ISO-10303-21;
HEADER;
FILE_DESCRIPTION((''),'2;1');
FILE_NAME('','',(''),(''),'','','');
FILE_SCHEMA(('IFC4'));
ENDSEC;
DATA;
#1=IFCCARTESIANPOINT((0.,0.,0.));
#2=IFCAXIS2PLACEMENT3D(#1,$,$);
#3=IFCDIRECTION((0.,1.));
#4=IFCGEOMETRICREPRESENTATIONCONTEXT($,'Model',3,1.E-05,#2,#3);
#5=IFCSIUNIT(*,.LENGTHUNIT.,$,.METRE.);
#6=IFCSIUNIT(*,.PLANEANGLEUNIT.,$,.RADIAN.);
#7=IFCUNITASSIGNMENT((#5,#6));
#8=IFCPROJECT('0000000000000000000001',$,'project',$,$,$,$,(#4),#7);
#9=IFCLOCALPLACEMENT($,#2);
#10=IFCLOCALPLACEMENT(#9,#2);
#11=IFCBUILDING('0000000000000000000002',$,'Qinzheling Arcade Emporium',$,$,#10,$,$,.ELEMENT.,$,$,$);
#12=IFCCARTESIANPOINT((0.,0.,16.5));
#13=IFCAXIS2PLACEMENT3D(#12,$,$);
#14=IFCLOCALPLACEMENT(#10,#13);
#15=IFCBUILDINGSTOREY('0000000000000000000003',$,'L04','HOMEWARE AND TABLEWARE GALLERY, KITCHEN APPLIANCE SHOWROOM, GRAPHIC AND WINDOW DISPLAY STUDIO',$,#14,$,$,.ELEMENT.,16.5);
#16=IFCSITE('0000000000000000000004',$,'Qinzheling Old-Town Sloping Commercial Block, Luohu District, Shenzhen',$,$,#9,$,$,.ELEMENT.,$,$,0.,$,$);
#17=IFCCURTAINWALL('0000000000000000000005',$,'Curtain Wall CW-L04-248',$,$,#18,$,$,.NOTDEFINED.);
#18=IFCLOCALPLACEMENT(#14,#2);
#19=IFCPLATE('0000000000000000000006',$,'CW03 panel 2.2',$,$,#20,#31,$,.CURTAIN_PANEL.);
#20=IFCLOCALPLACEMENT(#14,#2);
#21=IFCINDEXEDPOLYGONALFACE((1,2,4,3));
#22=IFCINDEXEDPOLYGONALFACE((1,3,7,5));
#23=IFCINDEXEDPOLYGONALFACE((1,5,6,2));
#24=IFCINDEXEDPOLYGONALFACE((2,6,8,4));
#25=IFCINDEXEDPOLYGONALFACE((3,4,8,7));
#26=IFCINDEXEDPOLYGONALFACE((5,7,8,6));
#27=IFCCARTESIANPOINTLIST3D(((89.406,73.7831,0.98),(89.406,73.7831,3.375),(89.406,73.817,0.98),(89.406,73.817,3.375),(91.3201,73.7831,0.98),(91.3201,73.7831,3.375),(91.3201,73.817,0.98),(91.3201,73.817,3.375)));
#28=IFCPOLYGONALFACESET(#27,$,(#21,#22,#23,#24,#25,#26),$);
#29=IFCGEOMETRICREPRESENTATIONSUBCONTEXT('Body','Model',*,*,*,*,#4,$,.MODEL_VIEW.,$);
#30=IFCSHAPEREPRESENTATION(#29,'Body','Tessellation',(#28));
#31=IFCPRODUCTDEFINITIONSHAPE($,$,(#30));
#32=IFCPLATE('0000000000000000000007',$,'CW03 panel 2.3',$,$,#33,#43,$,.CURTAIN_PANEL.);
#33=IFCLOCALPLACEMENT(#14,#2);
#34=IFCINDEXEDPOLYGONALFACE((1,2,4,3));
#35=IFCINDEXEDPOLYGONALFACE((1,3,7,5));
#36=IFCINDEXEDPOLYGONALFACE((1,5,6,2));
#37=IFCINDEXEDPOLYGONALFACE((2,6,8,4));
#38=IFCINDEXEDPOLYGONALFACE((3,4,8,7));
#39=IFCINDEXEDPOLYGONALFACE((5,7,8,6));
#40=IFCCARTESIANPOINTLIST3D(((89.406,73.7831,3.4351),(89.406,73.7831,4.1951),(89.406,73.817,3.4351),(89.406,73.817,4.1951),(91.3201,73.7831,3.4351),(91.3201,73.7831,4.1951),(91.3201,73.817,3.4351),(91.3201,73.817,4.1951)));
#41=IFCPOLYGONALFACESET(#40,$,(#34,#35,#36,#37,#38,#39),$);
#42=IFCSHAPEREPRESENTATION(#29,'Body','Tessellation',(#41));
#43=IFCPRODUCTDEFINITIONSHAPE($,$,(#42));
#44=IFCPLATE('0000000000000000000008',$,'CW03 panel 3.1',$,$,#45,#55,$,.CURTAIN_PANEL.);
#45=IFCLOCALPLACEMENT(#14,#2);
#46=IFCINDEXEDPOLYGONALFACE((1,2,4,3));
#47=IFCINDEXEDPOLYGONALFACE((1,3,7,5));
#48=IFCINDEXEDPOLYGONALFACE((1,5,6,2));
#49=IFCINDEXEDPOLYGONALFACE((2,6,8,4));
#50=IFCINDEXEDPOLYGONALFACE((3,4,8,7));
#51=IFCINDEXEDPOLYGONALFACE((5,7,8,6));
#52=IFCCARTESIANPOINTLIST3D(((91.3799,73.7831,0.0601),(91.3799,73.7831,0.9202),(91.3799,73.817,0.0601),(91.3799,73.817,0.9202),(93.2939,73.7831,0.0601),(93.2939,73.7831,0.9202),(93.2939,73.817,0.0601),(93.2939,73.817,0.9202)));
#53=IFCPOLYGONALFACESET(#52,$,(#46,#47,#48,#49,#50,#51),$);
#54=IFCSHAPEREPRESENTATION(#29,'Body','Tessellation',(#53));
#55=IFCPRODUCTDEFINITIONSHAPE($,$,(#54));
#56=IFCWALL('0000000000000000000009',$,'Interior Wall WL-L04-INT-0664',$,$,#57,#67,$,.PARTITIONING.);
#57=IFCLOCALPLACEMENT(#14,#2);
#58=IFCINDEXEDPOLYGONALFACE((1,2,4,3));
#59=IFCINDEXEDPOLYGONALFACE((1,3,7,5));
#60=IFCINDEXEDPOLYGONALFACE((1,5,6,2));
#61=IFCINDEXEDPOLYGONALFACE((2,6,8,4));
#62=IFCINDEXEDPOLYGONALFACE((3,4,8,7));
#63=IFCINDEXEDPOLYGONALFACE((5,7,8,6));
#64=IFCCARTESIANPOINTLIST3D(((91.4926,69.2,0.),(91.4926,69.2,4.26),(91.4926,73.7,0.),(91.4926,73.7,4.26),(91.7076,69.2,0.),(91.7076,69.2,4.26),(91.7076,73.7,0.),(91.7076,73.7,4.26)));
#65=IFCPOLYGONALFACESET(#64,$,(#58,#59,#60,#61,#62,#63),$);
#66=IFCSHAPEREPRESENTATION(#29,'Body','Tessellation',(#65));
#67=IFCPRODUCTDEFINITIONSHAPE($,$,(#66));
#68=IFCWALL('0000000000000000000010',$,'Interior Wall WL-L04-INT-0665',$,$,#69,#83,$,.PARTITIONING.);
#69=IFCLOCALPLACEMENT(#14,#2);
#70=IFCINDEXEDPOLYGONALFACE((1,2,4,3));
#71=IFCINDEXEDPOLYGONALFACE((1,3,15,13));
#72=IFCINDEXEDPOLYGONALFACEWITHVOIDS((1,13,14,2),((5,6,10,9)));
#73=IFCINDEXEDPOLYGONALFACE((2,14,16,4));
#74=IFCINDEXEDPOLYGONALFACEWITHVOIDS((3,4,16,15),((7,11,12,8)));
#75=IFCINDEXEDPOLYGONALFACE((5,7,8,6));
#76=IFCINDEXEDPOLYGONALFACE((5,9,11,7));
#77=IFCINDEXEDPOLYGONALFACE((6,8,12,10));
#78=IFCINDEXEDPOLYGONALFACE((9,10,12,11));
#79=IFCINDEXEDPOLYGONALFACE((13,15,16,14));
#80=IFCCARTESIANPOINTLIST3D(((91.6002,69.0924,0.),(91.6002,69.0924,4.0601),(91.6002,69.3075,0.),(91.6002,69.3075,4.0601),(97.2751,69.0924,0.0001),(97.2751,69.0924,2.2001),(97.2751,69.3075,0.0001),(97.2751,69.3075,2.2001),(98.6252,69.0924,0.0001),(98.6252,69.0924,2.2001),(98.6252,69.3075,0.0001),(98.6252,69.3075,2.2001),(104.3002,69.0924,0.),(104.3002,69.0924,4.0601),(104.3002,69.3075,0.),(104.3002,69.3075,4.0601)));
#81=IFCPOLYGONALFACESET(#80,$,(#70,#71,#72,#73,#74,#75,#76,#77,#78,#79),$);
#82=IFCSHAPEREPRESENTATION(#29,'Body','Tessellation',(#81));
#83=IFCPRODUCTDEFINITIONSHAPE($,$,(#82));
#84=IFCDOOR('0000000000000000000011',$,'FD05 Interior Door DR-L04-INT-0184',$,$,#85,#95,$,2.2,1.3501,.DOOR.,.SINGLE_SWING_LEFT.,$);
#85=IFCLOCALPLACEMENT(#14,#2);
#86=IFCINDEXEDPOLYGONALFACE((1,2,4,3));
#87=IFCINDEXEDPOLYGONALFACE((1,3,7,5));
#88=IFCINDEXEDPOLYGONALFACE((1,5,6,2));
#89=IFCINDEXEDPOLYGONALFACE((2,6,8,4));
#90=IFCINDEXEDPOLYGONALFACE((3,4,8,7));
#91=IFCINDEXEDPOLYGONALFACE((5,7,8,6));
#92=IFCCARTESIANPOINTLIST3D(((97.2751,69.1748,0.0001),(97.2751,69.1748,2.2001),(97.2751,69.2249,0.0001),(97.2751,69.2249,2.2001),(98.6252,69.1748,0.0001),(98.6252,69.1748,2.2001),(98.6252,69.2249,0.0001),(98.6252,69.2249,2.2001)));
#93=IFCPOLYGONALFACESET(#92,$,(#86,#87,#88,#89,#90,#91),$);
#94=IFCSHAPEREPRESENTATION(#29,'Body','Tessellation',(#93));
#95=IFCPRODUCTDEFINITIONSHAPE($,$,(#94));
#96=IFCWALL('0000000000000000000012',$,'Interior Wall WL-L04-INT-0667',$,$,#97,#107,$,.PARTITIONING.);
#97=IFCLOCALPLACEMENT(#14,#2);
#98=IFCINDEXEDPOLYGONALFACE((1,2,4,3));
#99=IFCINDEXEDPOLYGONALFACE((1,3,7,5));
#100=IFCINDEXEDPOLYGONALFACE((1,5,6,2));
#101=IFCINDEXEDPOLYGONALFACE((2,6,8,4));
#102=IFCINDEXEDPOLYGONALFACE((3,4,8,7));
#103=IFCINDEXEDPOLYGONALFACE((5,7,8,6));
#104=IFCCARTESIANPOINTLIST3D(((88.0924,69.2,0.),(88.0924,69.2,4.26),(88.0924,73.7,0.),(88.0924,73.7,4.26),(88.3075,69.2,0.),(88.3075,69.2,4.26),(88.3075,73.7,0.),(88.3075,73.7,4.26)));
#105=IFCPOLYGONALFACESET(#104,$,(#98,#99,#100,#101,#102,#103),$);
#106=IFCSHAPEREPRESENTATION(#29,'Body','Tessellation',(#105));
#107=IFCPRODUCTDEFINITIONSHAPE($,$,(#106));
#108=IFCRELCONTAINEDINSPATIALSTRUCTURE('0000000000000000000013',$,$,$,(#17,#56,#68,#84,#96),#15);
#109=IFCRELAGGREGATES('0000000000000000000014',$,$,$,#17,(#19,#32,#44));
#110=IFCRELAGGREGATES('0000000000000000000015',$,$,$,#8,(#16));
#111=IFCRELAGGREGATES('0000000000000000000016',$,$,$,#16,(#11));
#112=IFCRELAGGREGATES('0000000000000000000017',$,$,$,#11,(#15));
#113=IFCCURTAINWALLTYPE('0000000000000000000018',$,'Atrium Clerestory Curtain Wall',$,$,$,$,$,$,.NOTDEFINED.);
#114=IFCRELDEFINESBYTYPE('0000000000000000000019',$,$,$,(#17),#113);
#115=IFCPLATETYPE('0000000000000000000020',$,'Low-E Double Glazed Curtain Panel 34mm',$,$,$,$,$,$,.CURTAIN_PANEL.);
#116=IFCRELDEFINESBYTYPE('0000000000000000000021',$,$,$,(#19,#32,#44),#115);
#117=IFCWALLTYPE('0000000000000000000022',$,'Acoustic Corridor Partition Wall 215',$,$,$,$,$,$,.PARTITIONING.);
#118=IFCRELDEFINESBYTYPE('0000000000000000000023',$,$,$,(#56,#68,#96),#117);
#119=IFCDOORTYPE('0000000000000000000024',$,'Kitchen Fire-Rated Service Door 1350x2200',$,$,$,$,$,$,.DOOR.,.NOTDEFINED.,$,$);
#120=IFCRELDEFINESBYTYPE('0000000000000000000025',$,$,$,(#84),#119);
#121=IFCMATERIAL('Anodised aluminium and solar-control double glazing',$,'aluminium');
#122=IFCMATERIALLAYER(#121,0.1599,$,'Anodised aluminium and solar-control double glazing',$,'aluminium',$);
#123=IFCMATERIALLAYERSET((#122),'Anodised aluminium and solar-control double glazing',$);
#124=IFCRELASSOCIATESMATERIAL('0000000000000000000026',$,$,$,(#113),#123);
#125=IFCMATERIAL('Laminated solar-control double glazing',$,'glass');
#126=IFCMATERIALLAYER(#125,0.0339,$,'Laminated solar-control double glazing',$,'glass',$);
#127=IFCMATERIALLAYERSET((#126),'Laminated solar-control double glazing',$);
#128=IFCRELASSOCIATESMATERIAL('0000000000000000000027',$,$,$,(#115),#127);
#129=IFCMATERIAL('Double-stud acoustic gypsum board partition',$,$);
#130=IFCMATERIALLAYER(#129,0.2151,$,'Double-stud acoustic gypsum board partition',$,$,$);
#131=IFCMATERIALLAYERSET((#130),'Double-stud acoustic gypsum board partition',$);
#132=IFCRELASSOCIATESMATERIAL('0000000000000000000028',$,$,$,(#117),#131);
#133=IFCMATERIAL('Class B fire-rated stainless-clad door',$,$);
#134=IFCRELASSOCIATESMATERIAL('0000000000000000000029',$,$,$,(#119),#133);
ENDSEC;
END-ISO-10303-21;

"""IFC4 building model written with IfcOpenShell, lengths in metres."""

from ifc_helpers import new_model, si_unit, direction, frame, frame_2d, origin, origin_2d, place, context, subcontext, project, spatial, rectangle, extrude, material, layer, layer_set, type_object, element, fill, aggregate, save


model = new_model("IFC4")

# Units and contexts
model_context = context("Model", 3, precision=1e-05, world=origin(), true_north=direction((0.0, 1.0)))
body_context = subcontext(model_context, "Body", "Model", "MODEL_VIEW")
ifc_project = project(units=[si_unit("LENGTHUNIT", "METRE"), si_unit("PLANEANGLEUNIT", "RADIAN")], contexts=[model_context])

# Site, building, storey
site_placement = place(None, origin())
site = spatial("IfcSite", under=ifc_project, at=site_placement, Name="Qinzheling Old-Town Sloping Commercial Block, Luohu District, Shenzhen", CompositionType="ELEMENT", RefElevation=0.0)
building_placement = place(site_placement, origin())
building = spatial("IfcBuilding", under=site, at=building_placement, Name="Qinzheling Arcade Emporium", CompositionType="ELEMENT")
storey_placement = place(building_placement, frame((0.0, 0.0, 16.5)))
storey = spatial("IfcBuildingStorey", under=building, at=storey_placement, Name="L04", Description="HOMEWARE AND TABLEWARE GALLERY, KITCHEN APPLIANCE SHOWROOM, GRAPHIC AND WINDOW DISPLAY STUDIO", CompositionType="ELEMENT", Elevation=16.5)

# Curtain wall, plates
ifc_material_1 = material(Name="Anodised aluminium and solar-control double glazing", Category="aluminium")
ifc_layer_1 = layer(ifc_material_1, 0.1599, Name="Anodised aluminium and solar-control double glazing", Category="aluminium")
ifc_layer_set_1 = layer_set([ifc_layer_1], Name="Anodised aluminium and solar-control double glazing")
curtain_wall_type = type_object("IfcCurtainWallType", Name="Atrium Clerestory Curtain Wall", PredefinedType="NOTDEFINED", material=ifc_layer_set_1)
curtain_wall_placement = place(storey_placement, origin())
curtain_wall = element("IfcCurtainWall", 1, at=curtain_wall_placement, inside=storey, type_object=curtain_wall_type, Name="Curtain Wall CW-L04-248", PredefinedType="NOTDEFINED")
ifc_material_2 = material(Name="Laminated solar-control double glazing", Category="glass")
ifc_layer_2 = layer(ifc_material_2, 0.0339, Name="Laminated solar-control double glazing", Category="glass")
ifc_layer_set_2 = layer_set([ifc_layer_2], Name="Laminated solar-control double glazing")
plate_type = type_object("IfcPlateType", Name="Low-E Double Glazed Curtain Panel 34mm", PredefinedType="CURTAIN_PANEL", material=ifc_layer_set_2)
plate_1_placement = place(storey_placement, frame((90.363, 73.8, 0.98), z_axis=(0.0, 0.0, 1.0), x_axis=(1.0, 0.0, 0.0)))
plate_1 = element("IfcPlate", 2, at=plate_1_placement, type_object=plate_type, Name="CW03 panel 2.2", PredefinedType="CURTAIN_PANEL", context=body_context, shape_type="SweptSolid", body=[
    extrude(rectangle(XDim=1.9141, YDim=0.0339, at=origin_2d()), origin(), (0.0, 0.0, 1.0), 2.395),
])
plate_2_placement = place(storey_placement, frame((90.363, 73.8, 3.4351), z_axis=(0.0, 0.0, 1.0), x_axis=(1.0, 0.0, 0.0)))
plate_2 = element("IfcPlate", 3, at=plate_2_placement, type_object=plate_type, Name="CW03 panel 2.3", PredefinedType="CURTAIN_PANEL", context=body_context, shape_type="SweptSolid", body=[
    extrude(rectangle(XDim=1.9141, YDim=0.0339, at=origin_2d()), origin(), (0.0, 0.0, 1.0), 0.76),
])
plate_3_placement = place(storey_placement, frame((92.3369, 73.8, 0.0601), z_axis=(0.0, 0.0, 1.0), x_axis=(1.0, 0.0, 0.0)))
plate_3 = element("IfcPlate", 4, at=plate_3_placement, type_object=plate_type, Name="CW03 panel 3.1", PredefinedType="CURTAIN_PANEL", context=body_context, shape_type="SweptSolid", body=[
    extrude(rectangle(XDim=1.9141, YDim=0.0339, at=origin_2d()), origin(), (0.0, 0.0, 1.0), 0.8601),
])
aggregate(curtain_wall, [plate_1, plate_2, plate_3])

# Wall
ifc_material_3 = material(Name="Double-stud acoustic gypsum board partition")
ifc_layer_3 = layer(ifc_material_3, 0.2151, Name="Double-stud acoustic gypsum board partition")
ifc_layer_set_3 = layer_set([ifc_layer_3], Name="Double-stud acoustic gypsum board partition")
wall_type = type_object("IfcWallType", Name="Acoustic Corridor Partition Wall 215", PredefinedType="PARTITIONING", material=ifc_layer_set_3)
wall_1_placement = place(storey_placement, frame((91.6001, 73.7, 0.0), z_axis=(0.0, 0.0, 1.0), x_axis=(0.0, -1.0, 0.0)))
element("IfcWall", 5, at=wall_1_placement, inside=storey, type_object=wall_type, Name="Interior Wall WL-L04-INT-0664", PredefinedType="PARTITIONING", context=body_context, shape_type="SweptSolid", body=[
    extrude(rectangle(XDim=4.5, YDim=0.2151, at=frame_2d((2.25, 0.0))), origin(), (0.0, 0.0, 1.0), 4.26),
])

# Wall, opening, door
wall_2_placement = place(storey_placement, frame((91.6001, 69.2, 0.0), z_axis=(0.0, 0.0, 1.0), x_axis=(1.0, 0.0, 0.0)))
wall_2 = element("IfcWall", 6, at=wall_2_placement, inside=storey, type_object=wall_type, Name="Interior Wall WL-L04-INT-0665", PredefinedType="PARTITIONING", context=body_context, shape_type="SweptSolid", body=[
    extrude(rectangle(XDim=12.7, YDim=0.2151, at=frame_2d((6.3501, 0.0))), origin(), (0.0, 0.0, 1.0), 4.0601),
])
opening_placement = place(wall_2_placement, frame((5.675, 0.0, 0.0)))
opening = element("IfcOpeningElement", 7, at=opening_placement, cuts=wall_2, PredefinedType="OPENING", context=body_context, shape_type="SweptSolid", body=[
    extrude(rectangle(XDim=1.3501, YDim=2.2, at=frame_2d((0.675, 1.1001))), frame((0.0, 0.1177, 0.0), z_axis=(0.0, -1.0, 0.0), x_axis=(1.0, 0.0, 0.0)), (0.0, 0.0, 1.0), 0.2351),
])
ifc_material_4 = material(Name="Class B fire-rated stainless-clad door")
door_type = type_object("IfcDoorType", Name="Kitchen Fire-Rated Service Door 1350x2200", OperationType="NOTDEFINED", PredefinedType="DOOR", material=ifc_material_4)
door_placement = place(opening_placement, origin())
door = element("IfcDoor", 8, at=door_placement, inside=storey, type_object=door_type, Name="FD05 Interior Door DR-L04-INT-0184", OperationType="SINGLE_SWING_LEFT", OverallHeight=2.2, OverallWidth=1.3501, PredefinedType="DOOR", context=body_context, shape_type="SweptSolid", body=[
    extrude(rectangle(XDim=1.3501, YDim=2.2, at=frame_2d((0.675, 1.1001))), frame((0.0, 0.0249, 0.0), z_axis=(0.0, -1.0, 0.0), x_axis=(1.0, 0.0, 0.0)), (0.0, 0.0, 1.0), 0.05),
])
fill(opening, door)

# Wall
wall_3_placement = place(storey_placement, frame((88.2, 69.2, 0.0), z_axis=(0.0, 0.0, 1.0), x_axis=(0.0, 1.0, 0.0)))
element("IfcWall", 9, at=wall_3_placement, inside=storey, type_object=wall_type, Name="Interior Wall WL-L04-INT-0667", PredefinedType="PARTITIONING", context=body_context, shape_type="SweptSolid", body=[
    extrude(rectangle(XDim=4.5, YDim=0.2151, at=frame_2d((2.25, 0.0))), origin(), (0.0, 0.0, 1.0), 4.26),
])

save(model, "model.ifc")
